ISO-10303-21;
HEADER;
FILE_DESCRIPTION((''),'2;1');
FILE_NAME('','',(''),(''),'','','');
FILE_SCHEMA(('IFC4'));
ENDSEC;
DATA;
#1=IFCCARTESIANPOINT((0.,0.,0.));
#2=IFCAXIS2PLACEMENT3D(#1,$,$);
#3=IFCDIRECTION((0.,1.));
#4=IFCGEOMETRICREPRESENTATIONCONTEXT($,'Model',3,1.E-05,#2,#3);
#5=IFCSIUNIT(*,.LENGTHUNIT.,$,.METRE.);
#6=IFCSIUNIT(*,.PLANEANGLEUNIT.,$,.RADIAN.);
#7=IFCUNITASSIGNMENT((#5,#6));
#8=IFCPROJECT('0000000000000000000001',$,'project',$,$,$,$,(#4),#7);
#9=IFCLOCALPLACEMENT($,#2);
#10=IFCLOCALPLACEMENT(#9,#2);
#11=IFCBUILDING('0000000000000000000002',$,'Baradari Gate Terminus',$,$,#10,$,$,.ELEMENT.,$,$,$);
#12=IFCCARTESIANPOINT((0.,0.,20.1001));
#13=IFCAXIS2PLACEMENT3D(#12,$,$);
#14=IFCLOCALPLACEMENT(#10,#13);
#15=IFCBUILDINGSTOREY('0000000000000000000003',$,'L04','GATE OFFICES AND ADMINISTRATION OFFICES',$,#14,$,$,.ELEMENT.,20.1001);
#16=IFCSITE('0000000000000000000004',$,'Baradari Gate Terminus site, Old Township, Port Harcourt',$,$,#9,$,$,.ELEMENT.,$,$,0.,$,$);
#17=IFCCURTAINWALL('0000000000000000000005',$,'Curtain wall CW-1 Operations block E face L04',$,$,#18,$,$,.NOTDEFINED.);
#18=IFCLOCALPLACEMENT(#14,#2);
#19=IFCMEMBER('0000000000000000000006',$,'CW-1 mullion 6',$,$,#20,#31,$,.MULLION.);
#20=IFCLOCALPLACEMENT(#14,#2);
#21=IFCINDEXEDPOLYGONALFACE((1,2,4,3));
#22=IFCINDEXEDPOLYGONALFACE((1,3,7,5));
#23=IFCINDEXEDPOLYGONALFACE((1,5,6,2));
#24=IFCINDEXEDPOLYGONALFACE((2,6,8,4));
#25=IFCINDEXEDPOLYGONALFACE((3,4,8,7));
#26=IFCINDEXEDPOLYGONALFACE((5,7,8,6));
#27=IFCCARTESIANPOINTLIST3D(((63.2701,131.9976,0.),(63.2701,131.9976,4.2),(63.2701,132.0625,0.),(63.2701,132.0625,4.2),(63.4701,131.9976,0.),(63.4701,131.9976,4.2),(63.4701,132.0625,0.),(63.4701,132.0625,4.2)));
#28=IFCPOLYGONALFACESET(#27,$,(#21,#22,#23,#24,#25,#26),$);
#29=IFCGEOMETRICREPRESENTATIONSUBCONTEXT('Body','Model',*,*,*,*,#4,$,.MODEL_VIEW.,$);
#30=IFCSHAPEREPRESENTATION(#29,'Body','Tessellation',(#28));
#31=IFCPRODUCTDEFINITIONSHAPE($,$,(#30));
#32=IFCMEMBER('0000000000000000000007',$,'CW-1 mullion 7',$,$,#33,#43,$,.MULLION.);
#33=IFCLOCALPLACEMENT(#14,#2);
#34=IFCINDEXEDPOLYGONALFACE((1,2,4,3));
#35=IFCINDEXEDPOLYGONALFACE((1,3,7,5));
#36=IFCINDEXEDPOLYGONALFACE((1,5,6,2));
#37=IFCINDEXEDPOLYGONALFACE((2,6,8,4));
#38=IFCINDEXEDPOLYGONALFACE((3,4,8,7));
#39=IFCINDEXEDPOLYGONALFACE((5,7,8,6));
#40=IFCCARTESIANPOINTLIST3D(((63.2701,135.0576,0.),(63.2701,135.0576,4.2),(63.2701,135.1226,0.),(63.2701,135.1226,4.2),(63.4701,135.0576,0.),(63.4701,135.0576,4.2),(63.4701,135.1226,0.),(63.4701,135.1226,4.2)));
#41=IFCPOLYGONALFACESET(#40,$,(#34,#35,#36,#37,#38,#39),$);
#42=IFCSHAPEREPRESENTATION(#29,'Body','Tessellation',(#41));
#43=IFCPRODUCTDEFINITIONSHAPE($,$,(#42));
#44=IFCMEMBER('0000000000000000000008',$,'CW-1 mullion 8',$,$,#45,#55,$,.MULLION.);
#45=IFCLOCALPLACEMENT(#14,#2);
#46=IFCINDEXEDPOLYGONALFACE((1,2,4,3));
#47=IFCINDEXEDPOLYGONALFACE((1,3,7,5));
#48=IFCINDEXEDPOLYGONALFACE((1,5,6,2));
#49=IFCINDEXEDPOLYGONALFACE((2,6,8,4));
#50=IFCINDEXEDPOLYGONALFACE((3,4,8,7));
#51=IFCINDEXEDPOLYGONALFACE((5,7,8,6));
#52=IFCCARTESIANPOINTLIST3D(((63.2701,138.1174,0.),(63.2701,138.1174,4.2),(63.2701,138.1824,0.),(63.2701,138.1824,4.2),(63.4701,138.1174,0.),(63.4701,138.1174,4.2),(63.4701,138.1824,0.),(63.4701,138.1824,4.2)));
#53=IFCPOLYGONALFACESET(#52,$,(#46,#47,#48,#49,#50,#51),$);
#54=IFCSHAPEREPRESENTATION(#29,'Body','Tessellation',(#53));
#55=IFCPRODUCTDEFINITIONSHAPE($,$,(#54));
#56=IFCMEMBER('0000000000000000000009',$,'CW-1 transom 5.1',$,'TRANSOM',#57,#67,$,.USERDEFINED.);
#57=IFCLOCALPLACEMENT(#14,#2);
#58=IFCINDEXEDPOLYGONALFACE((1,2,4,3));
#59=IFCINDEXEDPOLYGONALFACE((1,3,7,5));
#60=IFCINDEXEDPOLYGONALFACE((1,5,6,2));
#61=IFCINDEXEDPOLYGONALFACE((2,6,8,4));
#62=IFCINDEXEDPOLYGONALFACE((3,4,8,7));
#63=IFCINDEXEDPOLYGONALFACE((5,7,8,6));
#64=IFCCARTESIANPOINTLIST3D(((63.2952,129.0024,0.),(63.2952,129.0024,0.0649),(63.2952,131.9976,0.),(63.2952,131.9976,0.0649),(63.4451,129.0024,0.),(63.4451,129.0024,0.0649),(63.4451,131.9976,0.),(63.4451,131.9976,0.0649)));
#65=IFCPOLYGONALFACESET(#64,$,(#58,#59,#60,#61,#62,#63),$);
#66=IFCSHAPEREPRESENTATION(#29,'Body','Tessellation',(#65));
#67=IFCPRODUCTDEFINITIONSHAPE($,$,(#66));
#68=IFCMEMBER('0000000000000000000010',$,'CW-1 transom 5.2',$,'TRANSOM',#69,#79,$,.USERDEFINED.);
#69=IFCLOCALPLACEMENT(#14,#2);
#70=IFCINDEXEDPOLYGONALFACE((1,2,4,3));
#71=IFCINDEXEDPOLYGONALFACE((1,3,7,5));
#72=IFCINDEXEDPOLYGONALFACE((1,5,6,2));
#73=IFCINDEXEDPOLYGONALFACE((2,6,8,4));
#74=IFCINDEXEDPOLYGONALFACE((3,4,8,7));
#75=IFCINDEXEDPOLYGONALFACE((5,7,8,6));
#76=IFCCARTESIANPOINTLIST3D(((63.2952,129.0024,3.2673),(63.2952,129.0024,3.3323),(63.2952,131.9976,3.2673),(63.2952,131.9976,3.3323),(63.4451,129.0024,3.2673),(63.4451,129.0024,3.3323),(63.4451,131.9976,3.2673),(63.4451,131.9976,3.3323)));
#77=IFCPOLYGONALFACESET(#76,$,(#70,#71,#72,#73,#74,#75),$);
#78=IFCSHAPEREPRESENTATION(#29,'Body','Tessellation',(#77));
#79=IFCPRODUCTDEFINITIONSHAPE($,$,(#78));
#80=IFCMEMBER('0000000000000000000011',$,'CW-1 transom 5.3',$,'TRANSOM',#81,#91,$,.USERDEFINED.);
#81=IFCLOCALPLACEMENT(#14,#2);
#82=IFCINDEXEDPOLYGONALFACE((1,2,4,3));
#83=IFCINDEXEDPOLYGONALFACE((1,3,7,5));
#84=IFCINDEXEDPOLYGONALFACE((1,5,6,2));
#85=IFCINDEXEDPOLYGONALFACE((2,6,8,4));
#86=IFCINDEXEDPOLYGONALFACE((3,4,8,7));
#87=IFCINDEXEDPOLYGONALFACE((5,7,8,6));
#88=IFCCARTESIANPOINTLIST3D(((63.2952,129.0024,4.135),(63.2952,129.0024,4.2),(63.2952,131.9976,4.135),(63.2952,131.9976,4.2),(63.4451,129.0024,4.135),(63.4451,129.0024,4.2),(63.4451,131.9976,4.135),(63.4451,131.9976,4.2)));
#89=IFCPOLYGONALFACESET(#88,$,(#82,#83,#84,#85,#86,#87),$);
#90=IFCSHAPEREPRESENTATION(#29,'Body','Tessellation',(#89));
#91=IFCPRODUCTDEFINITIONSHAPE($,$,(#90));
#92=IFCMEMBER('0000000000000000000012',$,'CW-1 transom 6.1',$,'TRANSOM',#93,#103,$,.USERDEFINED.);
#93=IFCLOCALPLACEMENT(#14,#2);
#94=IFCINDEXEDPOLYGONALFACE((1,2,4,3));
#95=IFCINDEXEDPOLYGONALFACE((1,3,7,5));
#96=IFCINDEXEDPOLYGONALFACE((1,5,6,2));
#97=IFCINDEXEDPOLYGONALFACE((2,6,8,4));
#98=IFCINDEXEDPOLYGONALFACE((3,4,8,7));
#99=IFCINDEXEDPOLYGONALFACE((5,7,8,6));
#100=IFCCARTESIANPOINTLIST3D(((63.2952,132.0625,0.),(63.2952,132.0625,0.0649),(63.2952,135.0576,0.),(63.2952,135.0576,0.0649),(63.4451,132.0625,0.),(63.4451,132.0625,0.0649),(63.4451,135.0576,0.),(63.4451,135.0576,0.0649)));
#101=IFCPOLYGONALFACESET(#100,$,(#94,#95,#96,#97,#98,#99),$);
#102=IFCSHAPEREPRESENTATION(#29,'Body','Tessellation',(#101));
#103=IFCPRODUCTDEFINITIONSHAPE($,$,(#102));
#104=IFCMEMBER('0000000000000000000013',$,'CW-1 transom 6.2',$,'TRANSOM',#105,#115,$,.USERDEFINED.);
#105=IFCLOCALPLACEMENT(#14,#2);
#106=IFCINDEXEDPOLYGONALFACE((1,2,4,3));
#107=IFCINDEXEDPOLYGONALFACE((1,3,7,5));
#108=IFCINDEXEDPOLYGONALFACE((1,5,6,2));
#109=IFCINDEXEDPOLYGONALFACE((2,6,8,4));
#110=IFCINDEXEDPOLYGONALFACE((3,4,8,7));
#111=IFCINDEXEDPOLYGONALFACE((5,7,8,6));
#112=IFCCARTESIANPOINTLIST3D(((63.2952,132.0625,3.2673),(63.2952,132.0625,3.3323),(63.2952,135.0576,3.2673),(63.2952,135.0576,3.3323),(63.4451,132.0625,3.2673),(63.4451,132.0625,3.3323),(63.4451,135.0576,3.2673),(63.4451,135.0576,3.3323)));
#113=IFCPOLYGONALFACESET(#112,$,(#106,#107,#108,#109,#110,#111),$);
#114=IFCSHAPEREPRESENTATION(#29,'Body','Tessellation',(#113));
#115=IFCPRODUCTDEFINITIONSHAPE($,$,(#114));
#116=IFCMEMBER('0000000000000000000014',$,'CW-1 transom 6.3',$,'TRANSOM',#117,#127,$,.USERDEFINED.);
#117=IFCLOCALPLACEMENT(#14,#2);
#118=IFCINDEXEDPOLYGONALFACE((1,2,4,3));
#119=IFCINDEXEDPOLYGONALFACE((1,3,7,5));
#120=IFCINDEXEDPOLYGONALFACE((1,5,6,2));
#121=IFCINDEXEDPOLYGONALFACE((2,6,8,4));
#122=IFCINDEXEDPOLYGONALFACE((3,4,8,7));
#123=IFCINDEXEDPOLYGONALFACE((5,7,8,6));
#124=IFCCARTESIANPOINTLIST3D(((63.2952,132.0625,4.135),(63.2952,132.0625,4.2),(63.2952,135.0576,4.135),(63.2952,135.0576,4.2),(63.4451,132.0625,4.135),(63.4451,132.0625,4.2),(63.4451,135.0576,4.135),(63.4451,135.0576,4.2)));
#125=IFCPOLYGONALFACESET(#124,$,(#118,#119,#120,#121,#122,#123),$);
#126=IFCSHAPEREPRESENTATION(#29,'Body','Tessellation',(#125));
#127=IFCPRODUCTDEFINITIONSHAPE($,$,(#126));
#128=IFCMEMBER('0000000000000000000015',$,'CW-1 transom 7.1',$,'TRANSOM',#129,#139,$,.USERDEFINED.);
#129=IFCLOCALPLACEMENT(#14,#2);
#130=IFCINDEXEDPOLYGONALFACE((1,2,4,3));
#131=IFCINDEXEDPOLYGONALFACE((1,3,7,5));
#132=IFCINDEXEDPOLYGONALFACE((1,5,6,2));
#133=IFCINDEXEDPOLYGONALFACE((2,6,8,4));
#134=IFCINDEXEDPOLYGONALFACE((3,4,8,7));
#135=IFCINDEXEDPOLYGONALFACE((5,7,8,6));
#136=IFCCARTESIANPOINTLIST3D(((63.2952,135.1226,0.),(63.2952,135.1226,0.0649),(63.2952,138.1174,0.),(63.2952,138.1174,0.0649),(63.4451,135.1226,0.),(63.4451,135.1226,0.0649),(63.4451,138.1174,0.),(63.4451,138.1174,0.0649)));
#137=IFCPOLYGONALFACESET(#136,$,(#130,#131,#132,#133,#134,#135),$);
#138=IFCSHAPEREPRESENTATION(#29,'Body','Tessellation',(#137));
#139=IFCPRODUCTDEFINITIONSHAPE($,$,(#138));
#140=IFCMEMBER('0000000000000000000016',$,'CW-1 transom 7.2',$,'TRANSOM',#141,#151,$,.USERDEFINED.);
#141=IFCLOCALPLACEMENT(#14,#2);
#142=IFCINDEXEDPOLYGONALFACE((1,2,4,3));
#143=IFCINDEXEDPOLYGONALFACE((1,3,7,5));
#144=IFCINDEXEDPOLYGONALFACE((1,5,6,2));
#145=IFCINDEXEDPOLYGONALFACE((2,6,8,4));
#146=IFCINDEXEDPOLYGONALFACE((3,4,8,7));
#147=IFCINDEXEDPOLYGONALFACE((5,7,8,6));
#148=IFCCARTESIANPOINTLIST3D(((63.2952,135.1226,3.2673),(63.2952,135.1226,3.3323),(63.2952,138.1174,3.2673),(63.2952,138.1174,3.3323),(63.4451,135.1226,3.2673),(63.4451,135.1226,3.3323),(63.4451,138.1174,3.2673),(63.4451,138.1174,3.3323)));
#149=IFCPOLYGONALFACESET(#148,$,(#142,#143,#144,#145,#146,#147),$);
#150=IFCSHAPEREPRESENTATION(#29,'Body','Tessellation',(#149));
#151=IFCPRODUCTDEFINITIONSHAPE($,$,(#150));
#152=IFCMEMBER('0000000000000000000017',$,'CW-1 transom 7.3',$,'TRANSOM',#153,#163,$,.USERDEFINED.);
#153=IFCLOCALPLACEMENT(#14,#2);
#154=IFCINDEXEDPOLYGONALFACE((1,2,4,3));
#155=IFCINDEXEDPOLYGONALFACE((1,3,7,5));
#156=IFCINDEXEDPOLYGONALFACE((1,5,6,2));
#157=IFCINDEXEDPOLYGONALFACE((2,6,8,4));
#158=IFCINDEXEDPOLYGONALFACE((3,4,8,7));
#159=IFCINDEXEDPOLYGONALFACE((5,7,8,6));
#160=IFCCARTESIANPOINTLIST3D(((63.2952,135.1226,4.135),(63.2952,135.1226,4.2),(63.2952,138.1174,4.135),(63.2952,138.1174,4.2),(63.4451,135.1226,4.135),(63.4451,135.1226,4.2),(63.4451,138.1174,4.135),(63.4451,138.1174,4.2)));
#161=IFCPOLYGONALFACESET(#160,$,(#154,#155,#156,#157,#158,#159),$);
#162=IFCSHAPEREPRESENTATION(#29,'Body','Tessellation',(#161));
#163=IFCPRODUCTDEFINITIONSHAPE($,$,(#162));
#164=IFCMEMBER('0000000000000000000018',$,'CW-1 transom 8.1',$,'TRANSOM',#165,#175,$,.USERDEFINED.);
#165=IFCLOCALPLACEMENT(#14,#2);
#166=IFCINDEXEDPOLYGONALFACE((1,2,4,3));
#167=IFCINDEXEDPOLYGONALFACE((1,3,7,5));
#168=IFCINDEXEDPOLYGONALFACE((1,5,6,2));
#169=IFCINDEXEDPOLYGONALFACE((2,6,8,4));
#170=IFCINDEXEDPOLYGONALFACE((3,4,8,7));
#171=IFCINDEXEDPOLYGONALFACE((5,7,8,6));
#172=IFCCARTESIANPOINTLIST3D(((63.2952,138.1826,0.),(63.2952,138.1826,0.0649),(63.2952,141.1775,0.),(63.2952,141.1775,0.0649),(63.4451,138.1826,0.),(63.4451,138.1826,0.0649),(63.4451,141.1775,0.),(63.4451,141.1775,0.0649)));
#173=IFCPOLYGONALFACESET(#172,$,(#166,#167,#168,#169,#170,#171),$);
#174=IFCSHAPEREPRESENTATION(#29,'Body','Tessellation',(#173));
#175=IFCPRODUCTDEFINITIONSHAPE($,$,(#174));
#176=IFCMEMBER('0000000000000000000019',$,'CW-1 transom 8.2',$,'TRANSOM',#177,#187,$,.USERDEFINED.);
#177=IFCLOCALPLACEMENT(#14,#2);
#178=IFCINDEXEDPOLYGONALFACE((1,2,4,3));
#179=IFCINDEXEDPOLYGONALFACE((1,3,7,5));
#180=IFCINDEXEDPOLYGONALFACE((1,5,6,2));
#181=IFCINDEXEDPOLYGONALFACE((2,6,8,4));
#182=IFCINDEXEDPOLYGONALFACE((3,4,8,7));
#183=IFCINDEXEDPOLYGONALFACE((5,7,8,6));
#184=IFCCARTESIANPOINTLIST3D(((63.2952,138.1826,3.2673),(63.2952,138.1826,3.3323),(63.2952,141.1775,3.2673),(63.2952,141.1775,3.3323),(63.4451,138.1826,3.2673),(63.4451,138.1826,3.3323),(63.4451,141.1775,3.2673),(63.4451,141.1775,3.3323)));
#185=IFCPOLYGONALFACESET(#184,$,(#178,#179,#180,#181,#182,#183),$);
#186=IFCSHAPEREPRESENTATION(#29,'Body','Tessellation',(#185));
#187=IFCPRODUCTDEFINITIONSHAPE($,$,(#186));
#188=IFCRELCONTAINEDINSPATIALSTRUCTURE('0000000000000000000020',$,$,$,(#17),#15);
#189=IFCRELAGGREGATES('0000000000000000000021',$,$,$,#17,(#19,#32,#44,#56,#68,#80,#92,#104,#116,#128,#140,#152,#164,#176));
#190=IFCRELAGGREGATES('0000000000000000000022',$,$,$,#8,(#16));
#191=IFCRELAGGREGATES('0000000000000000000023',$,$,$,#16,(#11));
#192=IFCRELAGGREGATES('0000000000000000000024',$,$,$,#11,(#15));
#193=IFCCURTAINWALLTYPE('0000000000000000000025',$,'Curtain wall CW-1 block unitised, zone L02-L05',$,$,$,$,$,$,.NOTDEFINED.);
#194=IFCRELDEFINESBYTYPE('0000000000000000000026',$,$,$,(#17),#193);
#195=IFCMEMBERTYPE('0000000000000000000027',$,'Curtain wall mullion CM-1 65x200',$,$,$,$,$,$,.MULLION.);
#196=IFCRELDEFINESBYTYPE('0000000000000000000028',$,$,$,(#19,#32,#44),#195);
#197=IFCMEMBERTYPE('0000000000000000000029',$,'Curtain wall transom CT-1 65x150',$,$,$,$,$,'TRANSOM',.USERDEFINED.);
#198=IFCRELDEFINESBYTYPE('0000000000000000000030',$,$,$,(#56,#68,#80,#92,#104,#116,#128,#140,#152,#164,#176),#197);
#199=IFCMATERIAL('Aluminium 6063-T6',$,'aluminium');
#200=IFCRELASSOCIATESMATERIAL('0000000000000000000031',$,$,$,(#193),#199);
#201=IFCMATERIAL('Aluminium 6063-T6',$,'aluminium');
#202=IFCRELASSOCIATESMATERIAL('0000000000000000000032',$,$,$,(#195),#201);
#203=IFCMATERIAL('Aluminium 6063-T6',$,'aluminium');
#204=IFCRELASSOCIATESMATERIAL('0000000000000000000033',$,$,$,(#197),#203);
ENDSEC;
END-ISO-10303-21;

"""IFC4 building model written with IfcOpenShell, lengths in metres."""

from ifc_helpers import new_model, si_unit, direction, frame, origin, origin_2d, place, context, subcontext, project, spatial, rectangle, extrude, material, material_profile, profile_set, type_object, element, aggregate, save


model = new_model("IFC4")

# Units and contexts
model_context = context("Model", 3, precision=1e-05, world=origin(), true_north=direction((0.0, 1.0)))
body_context = subcontext(model_context, "Body", "Model", "MODEL_VIEW")
ifc_project = project(units=[si_unit("LENGTHUNIT", "METRE"), si_unit("PLANEANGLEUNIT", "RADIAN")], contexts=[model_context])

# Site, building, storey
site_placement = place(None, origin())
site = spatial("IfcSite", under=ifc_project, at=site_placement, Name="Baradari Gate Terminus site, Old Township, Port Harcourt", CompositionType="ELEMENT", RefElevation=0.0)
building_placement = place(site_placement, origin())
building = spatial("IfcBuilding", under=site, at=building_placement, Name="Baradari Gate Terminus", CompositionType="ELEMENT")
storey_placement = place(building_placement, frame((0.0, 0.0, 20.1001)))
storey = spatial("IfcBuildingStorey", under=building, at=storey_placement, Name="L04", Description="GATE OFFICES AND ADMINISTRATION OFFICES", CompositionType="ELEMENT", Elevation=20.1001)

# Curtain wall, members
ifc_material_1 = material(Name="Aluminium 6063-T6", Category="aluminium")
curtain_wall_type = type_object("IfcCurtainWallType", Name="Curtain wall CW-1 block unitised, zone L02-L05", PredefinedType="NOTDEFINED", material=ifc_material_1)
curtain_wall_placement = place(storey_placement, origin())
curtain_wall = element("IfcCurtainWall", 1, at=curtain_wall_placement, inside=storey, type_object=curtain_wall_type, Name="Curtain wall CW-1 Operations block E face L04", PredefinedType="NOTDEFINED")
ifc_material_2 = material(Name="Aluminium 6063-T6", Category="aluminium")
ifc_material_profile_1 = material_profile(ifc_material_2, rectangle(XDim=0.2, YDim=0.0649, at=origin_2d()), Name="CM-1 65X200")
ifc_profile_set_1 = profile_set([ifc_material_profile_1], Name="Aluminium 6063-T6")
member_type_1 = type_object("IfcMemberType", Name="Curtain wall mullion CM-1 65x200", PredefinedType="MULLION", material=ifc_profile_set_1)
member_1_placement = place(storey_placement, frame((63.3701, 132.03, 0.0), z_axis=(0.0, 0.0, 1.0), x_axis=(-1.0, 0.0, 0.0)))
member_1 = element("IfcMember", 2, at=member_1_placement, type_object=member_type_1, Name="CW-1 mullion 6", PredefinedType="MULLION", context=body_context, shape_type="SweptSolid", body=[
    extrude(rectangle(XDim=0.2, YDim=0.0649, at=origin_2d()), origin(), (0.0, 0.0, 1.0), 4.2),
])
member_2_placement = place(storey_placement, frame((63.3701, 135.0901, 0.0), z_axis=(0.0, 0.0, 1.0), x_axis=(-1.0, 0.0, 0.0)))
member_2 = element("IfcMember", 3, at=member_2_placement, type_object=member_type_1, Name="CW-1 mullion 7", PredefinedType="MULLION", context=body_context, shape_type="SweptSolid", body=[
    extrude(rectangle(XDim=0.2, YDim=0.0649, at=origin_2d()), origin(), (0.0, 0.0, 1.0), 4.2),
])
member_3_placement = place(storey_placement, frame((63.3701, 138.1499, 0.0), z_axis=(0.0, 0.0, 1.0), x_axis=(-1.0, 0.0, 0.0)))
member_3 = element("IfcMember", 4, at=member_3_placement, type_object=member_type_1, Name="CW-1 mullion 8", PredefinedType="MULLION", context=body_context, shape_type="SweptSolid", body=[
    extrude(rectangle(XDim=0.2, YDim=0.0649, at=origin_2d()), origin(), (0.0, 0.0, 1.0), 4.2),
])
ifc_material_3 = material(Name="Aluminium 6063-T6", Category="aluminium")
ifc_material_profile_2 = material_profile(ifc_material_3, rectangle(XDim=0.1499, YDim=0.0649, at=origin_2d()), Name="CT-1 65X150")
ifc_profile_set_2 = profile_set([ifc_material_profile_2], Name="Aluminium 6063-T6")
member_type_2 = type_object("IfcMemberType", Name="Curtain wall transom CT-1 65x150", ElementType="TRANSOM", PredefinedType="USERDEFINED", material=ifc_profile_set_2)
member_4_placement = place(storey_placement, frame((63.3701, 129.0024, 0.0325), z_axis=(0.0, 1.0, 0.0), x_axis=(-1.0, 0.0, 0.0)))
member_4 = element("IfcMember", 5, at=member_4_placement, type_object=member_type_2, Name="CW-1 transom 5.1", ObjectType="TRANSOM", PredefinedType="USERDEFINED", context=body_context, shape_type="SweptSolid", body=[
    extrude(rectangle(XDim=0.1499, YDim=0.0649, at=origin_2d()), origin(), (0.0, 0.0, 1.0), 2.9951),
])
member_5_placement = place(storey_placement, frame((63.3701, 129.0024, 3.2998), z_axis=(0.0, 1.0, 0.0), x_axis=(-1.0, 0.0, 0.0)))
member_5 = element("IfcMember", 6, at=member_5_placement, type_object=member_type_2, Name="CW-1 transom 5.2", ObjectType="TRANSOM", PredefinedType="USERDEFINED", context=body_context, shape_type="SweptSolid", body=[
    extrude(rectangle(XDim=0.1499, YDim=0.0649, at=origin_2d()), origin(), (0.0, 0.0, 1.0), 2.9951),
])
member_6_placement = place(storey_placement, frame((63.3701, 129.0024, 4.1675), z_axis=(0.0, 1.0, 0.0), x_axis=(-1.0, 0.0, 0.0)))
member_6 = element("IfcMember", 7, at=member_6_placement, type_object=member_type_2, Name="CW-1 transom 5.3", ObjectType="TRANSOM", PredefinedType="USERDEFINED", context=body_context, shape_type="SweptSolid", body=[
    extrude(rectangle(XDim=0.1499, YDim=0.0649, at=origin_2d()), origin(), (0.0, 0.0, 1.0), 2.9951),
])
member_7_placement = place(storey_placement, frame((63.3701, 132.0625, 0.0325), z_axis=(0.0, 1.0, 0.0), x_axis=(-1.0, 0.0, 0.0)))
member_7 = element("IfcMember", 8, at=member_7_placement, type_object=member_type_2, Name="CW-1 transom 6.1", ObjectType="TRANSOM", PredefinedType="USERDEFINED", context=body_context, shape_type="SweptSolid", body=[
    extrude(rectangle(XDim=0.1499, YDim=0.0649, at=origin_2d()), origin(), (0.0, 0.0, 1.0), 2.9951),
])
member_8_placement = place(storey_placement, frame((63.3701, 132.0625, 3.2998), z_axis=(0.0, 1.0, 0.0), x_axis=(-1.0, 0.0, 0.0)))
member_8 = element("IfcMember", 9, at=member_8_placement, type_object=member_type_2, Name="CW-1 transom 6.2", ObjectType="TRANSOM", PredefinedType="USERDEFINED", context=body_context, shape_type="SweptSolid", body=[
    extrude(rectangle(XDim=0.1499, YDim=0.0649, at=origin_2d()), origin(), (0.0, 0.0, 1.0), 2.9951),
])
member_9_placement = place(storey_placement, frame((63.3701, 132.0625, 4.1675), z_axis=(0.0, 1.0, 0.0), x_axis=(-1.0, 0.0, 0.0)))
member_9 = element("IfcMember", 10, at=member_9_placement, type_object=member_type_2, Name="CW-1 transom 6.3", ObjectType="TRANSOM", PredefinedType="USERDEFINED", context=body_context, shape_type="SweptSolid", body=[
    extrude(rectangle(XDim=0.1499, YDim=0.0649, at=origin_2d()), origin(), (0.0, 0.0, 1.0), 2.9951),
])
member_10_placement = place(storey_placement, frame((63.3701, 135.1226, 0.0325), z_axis=(0.0, 1.0, 0.0), x_axis=(-1.0, 0.0, 0.0)))
member_10 = element("IfcMember", 11, at=member_10_placement, type_object=member_type_2, Name="CW-1 transom 7.1", ObjectType="TRANSOM", PredefinedType="USERDEFINED", context=body_context, shape_type="SweptSolid", body=[
    extrude(rectangle(XDim=0.1499, YDim=0.0649, at=origin_2d()), origin(), (0.0, 0.0, 1.0), 2.9949),
])
member_11_placement = place(storey_placement, frame((63.3701, 135.1226, 3.2998), z_axis=(0.0, 1.0, 0.0), x_axis=(-1.0, 0.0, 0.0)))
member_11 = element("IfcMember", 12, at=member_11_placement, type_object=member_type_2, Name="CW-1 transom 7.2", ObjectType="TRANSOM", PredefinedType="USERDEFINED", context=body_context, shape_type="SweptSolid", body=[
    extrude(rectangle(XDim=0.1499, YDim=0.0649, at=origin_2d()), origin(), (0.0, 0.0, 1.0), 2.9949),
])
member_12_placement = place(storey_placement, frame((63.3701, 135.1226, 4.1675), z_axis=(0.0, 1.0, 0.0), x_axis=(-1.0, 0.0, 0.0)))
member_12 = element("IfcMember", 13, at=member_12_placement, type_object=member_type_2, Name="CW-1 transom 7.3", ObjectType="TRANSOM", PredefinedType="USERDEFINED", context=body_context, shape_type="SweptSolid", body=[
    extrude(rectangle(XDim=0.1499, YDim=0.0649, at=origin_2d()), origin(), (0.0, 0.0, 1.0), 2.9949),
])
member_13_placement = place(storey_placement, frame((63.3701, 138.1826, 0.0325), z_axis=(0.0, 1.0, 0.0), x_axis=(-1.0, 0.0, 0.0)))
member_13 = element("IfcMember", 14, at=member_13_placement, type_object=member_type_2, Name="CW-1 transom 8.1", ObjectType="TRANSOM", PredefinedType="USERDEFINED", context=body_context, shape_type="SweptSolid", body=[
    extrude(rectangle(XDim=0.1499, YDim=0.0649, at=origin_2d()), origin(), (0.0, 0.0, 1.0), 2.9949),
])
member_14_placement = place(storey_placement, frame((63.3701, 138.1826, 3.2998), z_axis=(0.0, 1.0, 0.0), x_axis=(-1.0, 0.0, 0.0)))
member_14 = element("IfcMember", 15, at=member_14_placement, type_object=member_type_2, Name="CW-1 transom 8.2", ObjectType="TRANSOM", PredefinedType="USERDEFINED", context=body_context, shape_type="SweptSolid", body=[
    extrude(rectangle(XDim=0.1499, YDim=0.0649, at=origin_2d()), origin(), (0.0, 0.0, 1.0), 2.9949),
])
aggregate(curtain_wall, [member_1, member_2, member_3, member_4, member_5, member_6, member_7, member_8, member_9, member_10, member_11, member_12, member_13, member_14])

save(model, "model.ifc")
